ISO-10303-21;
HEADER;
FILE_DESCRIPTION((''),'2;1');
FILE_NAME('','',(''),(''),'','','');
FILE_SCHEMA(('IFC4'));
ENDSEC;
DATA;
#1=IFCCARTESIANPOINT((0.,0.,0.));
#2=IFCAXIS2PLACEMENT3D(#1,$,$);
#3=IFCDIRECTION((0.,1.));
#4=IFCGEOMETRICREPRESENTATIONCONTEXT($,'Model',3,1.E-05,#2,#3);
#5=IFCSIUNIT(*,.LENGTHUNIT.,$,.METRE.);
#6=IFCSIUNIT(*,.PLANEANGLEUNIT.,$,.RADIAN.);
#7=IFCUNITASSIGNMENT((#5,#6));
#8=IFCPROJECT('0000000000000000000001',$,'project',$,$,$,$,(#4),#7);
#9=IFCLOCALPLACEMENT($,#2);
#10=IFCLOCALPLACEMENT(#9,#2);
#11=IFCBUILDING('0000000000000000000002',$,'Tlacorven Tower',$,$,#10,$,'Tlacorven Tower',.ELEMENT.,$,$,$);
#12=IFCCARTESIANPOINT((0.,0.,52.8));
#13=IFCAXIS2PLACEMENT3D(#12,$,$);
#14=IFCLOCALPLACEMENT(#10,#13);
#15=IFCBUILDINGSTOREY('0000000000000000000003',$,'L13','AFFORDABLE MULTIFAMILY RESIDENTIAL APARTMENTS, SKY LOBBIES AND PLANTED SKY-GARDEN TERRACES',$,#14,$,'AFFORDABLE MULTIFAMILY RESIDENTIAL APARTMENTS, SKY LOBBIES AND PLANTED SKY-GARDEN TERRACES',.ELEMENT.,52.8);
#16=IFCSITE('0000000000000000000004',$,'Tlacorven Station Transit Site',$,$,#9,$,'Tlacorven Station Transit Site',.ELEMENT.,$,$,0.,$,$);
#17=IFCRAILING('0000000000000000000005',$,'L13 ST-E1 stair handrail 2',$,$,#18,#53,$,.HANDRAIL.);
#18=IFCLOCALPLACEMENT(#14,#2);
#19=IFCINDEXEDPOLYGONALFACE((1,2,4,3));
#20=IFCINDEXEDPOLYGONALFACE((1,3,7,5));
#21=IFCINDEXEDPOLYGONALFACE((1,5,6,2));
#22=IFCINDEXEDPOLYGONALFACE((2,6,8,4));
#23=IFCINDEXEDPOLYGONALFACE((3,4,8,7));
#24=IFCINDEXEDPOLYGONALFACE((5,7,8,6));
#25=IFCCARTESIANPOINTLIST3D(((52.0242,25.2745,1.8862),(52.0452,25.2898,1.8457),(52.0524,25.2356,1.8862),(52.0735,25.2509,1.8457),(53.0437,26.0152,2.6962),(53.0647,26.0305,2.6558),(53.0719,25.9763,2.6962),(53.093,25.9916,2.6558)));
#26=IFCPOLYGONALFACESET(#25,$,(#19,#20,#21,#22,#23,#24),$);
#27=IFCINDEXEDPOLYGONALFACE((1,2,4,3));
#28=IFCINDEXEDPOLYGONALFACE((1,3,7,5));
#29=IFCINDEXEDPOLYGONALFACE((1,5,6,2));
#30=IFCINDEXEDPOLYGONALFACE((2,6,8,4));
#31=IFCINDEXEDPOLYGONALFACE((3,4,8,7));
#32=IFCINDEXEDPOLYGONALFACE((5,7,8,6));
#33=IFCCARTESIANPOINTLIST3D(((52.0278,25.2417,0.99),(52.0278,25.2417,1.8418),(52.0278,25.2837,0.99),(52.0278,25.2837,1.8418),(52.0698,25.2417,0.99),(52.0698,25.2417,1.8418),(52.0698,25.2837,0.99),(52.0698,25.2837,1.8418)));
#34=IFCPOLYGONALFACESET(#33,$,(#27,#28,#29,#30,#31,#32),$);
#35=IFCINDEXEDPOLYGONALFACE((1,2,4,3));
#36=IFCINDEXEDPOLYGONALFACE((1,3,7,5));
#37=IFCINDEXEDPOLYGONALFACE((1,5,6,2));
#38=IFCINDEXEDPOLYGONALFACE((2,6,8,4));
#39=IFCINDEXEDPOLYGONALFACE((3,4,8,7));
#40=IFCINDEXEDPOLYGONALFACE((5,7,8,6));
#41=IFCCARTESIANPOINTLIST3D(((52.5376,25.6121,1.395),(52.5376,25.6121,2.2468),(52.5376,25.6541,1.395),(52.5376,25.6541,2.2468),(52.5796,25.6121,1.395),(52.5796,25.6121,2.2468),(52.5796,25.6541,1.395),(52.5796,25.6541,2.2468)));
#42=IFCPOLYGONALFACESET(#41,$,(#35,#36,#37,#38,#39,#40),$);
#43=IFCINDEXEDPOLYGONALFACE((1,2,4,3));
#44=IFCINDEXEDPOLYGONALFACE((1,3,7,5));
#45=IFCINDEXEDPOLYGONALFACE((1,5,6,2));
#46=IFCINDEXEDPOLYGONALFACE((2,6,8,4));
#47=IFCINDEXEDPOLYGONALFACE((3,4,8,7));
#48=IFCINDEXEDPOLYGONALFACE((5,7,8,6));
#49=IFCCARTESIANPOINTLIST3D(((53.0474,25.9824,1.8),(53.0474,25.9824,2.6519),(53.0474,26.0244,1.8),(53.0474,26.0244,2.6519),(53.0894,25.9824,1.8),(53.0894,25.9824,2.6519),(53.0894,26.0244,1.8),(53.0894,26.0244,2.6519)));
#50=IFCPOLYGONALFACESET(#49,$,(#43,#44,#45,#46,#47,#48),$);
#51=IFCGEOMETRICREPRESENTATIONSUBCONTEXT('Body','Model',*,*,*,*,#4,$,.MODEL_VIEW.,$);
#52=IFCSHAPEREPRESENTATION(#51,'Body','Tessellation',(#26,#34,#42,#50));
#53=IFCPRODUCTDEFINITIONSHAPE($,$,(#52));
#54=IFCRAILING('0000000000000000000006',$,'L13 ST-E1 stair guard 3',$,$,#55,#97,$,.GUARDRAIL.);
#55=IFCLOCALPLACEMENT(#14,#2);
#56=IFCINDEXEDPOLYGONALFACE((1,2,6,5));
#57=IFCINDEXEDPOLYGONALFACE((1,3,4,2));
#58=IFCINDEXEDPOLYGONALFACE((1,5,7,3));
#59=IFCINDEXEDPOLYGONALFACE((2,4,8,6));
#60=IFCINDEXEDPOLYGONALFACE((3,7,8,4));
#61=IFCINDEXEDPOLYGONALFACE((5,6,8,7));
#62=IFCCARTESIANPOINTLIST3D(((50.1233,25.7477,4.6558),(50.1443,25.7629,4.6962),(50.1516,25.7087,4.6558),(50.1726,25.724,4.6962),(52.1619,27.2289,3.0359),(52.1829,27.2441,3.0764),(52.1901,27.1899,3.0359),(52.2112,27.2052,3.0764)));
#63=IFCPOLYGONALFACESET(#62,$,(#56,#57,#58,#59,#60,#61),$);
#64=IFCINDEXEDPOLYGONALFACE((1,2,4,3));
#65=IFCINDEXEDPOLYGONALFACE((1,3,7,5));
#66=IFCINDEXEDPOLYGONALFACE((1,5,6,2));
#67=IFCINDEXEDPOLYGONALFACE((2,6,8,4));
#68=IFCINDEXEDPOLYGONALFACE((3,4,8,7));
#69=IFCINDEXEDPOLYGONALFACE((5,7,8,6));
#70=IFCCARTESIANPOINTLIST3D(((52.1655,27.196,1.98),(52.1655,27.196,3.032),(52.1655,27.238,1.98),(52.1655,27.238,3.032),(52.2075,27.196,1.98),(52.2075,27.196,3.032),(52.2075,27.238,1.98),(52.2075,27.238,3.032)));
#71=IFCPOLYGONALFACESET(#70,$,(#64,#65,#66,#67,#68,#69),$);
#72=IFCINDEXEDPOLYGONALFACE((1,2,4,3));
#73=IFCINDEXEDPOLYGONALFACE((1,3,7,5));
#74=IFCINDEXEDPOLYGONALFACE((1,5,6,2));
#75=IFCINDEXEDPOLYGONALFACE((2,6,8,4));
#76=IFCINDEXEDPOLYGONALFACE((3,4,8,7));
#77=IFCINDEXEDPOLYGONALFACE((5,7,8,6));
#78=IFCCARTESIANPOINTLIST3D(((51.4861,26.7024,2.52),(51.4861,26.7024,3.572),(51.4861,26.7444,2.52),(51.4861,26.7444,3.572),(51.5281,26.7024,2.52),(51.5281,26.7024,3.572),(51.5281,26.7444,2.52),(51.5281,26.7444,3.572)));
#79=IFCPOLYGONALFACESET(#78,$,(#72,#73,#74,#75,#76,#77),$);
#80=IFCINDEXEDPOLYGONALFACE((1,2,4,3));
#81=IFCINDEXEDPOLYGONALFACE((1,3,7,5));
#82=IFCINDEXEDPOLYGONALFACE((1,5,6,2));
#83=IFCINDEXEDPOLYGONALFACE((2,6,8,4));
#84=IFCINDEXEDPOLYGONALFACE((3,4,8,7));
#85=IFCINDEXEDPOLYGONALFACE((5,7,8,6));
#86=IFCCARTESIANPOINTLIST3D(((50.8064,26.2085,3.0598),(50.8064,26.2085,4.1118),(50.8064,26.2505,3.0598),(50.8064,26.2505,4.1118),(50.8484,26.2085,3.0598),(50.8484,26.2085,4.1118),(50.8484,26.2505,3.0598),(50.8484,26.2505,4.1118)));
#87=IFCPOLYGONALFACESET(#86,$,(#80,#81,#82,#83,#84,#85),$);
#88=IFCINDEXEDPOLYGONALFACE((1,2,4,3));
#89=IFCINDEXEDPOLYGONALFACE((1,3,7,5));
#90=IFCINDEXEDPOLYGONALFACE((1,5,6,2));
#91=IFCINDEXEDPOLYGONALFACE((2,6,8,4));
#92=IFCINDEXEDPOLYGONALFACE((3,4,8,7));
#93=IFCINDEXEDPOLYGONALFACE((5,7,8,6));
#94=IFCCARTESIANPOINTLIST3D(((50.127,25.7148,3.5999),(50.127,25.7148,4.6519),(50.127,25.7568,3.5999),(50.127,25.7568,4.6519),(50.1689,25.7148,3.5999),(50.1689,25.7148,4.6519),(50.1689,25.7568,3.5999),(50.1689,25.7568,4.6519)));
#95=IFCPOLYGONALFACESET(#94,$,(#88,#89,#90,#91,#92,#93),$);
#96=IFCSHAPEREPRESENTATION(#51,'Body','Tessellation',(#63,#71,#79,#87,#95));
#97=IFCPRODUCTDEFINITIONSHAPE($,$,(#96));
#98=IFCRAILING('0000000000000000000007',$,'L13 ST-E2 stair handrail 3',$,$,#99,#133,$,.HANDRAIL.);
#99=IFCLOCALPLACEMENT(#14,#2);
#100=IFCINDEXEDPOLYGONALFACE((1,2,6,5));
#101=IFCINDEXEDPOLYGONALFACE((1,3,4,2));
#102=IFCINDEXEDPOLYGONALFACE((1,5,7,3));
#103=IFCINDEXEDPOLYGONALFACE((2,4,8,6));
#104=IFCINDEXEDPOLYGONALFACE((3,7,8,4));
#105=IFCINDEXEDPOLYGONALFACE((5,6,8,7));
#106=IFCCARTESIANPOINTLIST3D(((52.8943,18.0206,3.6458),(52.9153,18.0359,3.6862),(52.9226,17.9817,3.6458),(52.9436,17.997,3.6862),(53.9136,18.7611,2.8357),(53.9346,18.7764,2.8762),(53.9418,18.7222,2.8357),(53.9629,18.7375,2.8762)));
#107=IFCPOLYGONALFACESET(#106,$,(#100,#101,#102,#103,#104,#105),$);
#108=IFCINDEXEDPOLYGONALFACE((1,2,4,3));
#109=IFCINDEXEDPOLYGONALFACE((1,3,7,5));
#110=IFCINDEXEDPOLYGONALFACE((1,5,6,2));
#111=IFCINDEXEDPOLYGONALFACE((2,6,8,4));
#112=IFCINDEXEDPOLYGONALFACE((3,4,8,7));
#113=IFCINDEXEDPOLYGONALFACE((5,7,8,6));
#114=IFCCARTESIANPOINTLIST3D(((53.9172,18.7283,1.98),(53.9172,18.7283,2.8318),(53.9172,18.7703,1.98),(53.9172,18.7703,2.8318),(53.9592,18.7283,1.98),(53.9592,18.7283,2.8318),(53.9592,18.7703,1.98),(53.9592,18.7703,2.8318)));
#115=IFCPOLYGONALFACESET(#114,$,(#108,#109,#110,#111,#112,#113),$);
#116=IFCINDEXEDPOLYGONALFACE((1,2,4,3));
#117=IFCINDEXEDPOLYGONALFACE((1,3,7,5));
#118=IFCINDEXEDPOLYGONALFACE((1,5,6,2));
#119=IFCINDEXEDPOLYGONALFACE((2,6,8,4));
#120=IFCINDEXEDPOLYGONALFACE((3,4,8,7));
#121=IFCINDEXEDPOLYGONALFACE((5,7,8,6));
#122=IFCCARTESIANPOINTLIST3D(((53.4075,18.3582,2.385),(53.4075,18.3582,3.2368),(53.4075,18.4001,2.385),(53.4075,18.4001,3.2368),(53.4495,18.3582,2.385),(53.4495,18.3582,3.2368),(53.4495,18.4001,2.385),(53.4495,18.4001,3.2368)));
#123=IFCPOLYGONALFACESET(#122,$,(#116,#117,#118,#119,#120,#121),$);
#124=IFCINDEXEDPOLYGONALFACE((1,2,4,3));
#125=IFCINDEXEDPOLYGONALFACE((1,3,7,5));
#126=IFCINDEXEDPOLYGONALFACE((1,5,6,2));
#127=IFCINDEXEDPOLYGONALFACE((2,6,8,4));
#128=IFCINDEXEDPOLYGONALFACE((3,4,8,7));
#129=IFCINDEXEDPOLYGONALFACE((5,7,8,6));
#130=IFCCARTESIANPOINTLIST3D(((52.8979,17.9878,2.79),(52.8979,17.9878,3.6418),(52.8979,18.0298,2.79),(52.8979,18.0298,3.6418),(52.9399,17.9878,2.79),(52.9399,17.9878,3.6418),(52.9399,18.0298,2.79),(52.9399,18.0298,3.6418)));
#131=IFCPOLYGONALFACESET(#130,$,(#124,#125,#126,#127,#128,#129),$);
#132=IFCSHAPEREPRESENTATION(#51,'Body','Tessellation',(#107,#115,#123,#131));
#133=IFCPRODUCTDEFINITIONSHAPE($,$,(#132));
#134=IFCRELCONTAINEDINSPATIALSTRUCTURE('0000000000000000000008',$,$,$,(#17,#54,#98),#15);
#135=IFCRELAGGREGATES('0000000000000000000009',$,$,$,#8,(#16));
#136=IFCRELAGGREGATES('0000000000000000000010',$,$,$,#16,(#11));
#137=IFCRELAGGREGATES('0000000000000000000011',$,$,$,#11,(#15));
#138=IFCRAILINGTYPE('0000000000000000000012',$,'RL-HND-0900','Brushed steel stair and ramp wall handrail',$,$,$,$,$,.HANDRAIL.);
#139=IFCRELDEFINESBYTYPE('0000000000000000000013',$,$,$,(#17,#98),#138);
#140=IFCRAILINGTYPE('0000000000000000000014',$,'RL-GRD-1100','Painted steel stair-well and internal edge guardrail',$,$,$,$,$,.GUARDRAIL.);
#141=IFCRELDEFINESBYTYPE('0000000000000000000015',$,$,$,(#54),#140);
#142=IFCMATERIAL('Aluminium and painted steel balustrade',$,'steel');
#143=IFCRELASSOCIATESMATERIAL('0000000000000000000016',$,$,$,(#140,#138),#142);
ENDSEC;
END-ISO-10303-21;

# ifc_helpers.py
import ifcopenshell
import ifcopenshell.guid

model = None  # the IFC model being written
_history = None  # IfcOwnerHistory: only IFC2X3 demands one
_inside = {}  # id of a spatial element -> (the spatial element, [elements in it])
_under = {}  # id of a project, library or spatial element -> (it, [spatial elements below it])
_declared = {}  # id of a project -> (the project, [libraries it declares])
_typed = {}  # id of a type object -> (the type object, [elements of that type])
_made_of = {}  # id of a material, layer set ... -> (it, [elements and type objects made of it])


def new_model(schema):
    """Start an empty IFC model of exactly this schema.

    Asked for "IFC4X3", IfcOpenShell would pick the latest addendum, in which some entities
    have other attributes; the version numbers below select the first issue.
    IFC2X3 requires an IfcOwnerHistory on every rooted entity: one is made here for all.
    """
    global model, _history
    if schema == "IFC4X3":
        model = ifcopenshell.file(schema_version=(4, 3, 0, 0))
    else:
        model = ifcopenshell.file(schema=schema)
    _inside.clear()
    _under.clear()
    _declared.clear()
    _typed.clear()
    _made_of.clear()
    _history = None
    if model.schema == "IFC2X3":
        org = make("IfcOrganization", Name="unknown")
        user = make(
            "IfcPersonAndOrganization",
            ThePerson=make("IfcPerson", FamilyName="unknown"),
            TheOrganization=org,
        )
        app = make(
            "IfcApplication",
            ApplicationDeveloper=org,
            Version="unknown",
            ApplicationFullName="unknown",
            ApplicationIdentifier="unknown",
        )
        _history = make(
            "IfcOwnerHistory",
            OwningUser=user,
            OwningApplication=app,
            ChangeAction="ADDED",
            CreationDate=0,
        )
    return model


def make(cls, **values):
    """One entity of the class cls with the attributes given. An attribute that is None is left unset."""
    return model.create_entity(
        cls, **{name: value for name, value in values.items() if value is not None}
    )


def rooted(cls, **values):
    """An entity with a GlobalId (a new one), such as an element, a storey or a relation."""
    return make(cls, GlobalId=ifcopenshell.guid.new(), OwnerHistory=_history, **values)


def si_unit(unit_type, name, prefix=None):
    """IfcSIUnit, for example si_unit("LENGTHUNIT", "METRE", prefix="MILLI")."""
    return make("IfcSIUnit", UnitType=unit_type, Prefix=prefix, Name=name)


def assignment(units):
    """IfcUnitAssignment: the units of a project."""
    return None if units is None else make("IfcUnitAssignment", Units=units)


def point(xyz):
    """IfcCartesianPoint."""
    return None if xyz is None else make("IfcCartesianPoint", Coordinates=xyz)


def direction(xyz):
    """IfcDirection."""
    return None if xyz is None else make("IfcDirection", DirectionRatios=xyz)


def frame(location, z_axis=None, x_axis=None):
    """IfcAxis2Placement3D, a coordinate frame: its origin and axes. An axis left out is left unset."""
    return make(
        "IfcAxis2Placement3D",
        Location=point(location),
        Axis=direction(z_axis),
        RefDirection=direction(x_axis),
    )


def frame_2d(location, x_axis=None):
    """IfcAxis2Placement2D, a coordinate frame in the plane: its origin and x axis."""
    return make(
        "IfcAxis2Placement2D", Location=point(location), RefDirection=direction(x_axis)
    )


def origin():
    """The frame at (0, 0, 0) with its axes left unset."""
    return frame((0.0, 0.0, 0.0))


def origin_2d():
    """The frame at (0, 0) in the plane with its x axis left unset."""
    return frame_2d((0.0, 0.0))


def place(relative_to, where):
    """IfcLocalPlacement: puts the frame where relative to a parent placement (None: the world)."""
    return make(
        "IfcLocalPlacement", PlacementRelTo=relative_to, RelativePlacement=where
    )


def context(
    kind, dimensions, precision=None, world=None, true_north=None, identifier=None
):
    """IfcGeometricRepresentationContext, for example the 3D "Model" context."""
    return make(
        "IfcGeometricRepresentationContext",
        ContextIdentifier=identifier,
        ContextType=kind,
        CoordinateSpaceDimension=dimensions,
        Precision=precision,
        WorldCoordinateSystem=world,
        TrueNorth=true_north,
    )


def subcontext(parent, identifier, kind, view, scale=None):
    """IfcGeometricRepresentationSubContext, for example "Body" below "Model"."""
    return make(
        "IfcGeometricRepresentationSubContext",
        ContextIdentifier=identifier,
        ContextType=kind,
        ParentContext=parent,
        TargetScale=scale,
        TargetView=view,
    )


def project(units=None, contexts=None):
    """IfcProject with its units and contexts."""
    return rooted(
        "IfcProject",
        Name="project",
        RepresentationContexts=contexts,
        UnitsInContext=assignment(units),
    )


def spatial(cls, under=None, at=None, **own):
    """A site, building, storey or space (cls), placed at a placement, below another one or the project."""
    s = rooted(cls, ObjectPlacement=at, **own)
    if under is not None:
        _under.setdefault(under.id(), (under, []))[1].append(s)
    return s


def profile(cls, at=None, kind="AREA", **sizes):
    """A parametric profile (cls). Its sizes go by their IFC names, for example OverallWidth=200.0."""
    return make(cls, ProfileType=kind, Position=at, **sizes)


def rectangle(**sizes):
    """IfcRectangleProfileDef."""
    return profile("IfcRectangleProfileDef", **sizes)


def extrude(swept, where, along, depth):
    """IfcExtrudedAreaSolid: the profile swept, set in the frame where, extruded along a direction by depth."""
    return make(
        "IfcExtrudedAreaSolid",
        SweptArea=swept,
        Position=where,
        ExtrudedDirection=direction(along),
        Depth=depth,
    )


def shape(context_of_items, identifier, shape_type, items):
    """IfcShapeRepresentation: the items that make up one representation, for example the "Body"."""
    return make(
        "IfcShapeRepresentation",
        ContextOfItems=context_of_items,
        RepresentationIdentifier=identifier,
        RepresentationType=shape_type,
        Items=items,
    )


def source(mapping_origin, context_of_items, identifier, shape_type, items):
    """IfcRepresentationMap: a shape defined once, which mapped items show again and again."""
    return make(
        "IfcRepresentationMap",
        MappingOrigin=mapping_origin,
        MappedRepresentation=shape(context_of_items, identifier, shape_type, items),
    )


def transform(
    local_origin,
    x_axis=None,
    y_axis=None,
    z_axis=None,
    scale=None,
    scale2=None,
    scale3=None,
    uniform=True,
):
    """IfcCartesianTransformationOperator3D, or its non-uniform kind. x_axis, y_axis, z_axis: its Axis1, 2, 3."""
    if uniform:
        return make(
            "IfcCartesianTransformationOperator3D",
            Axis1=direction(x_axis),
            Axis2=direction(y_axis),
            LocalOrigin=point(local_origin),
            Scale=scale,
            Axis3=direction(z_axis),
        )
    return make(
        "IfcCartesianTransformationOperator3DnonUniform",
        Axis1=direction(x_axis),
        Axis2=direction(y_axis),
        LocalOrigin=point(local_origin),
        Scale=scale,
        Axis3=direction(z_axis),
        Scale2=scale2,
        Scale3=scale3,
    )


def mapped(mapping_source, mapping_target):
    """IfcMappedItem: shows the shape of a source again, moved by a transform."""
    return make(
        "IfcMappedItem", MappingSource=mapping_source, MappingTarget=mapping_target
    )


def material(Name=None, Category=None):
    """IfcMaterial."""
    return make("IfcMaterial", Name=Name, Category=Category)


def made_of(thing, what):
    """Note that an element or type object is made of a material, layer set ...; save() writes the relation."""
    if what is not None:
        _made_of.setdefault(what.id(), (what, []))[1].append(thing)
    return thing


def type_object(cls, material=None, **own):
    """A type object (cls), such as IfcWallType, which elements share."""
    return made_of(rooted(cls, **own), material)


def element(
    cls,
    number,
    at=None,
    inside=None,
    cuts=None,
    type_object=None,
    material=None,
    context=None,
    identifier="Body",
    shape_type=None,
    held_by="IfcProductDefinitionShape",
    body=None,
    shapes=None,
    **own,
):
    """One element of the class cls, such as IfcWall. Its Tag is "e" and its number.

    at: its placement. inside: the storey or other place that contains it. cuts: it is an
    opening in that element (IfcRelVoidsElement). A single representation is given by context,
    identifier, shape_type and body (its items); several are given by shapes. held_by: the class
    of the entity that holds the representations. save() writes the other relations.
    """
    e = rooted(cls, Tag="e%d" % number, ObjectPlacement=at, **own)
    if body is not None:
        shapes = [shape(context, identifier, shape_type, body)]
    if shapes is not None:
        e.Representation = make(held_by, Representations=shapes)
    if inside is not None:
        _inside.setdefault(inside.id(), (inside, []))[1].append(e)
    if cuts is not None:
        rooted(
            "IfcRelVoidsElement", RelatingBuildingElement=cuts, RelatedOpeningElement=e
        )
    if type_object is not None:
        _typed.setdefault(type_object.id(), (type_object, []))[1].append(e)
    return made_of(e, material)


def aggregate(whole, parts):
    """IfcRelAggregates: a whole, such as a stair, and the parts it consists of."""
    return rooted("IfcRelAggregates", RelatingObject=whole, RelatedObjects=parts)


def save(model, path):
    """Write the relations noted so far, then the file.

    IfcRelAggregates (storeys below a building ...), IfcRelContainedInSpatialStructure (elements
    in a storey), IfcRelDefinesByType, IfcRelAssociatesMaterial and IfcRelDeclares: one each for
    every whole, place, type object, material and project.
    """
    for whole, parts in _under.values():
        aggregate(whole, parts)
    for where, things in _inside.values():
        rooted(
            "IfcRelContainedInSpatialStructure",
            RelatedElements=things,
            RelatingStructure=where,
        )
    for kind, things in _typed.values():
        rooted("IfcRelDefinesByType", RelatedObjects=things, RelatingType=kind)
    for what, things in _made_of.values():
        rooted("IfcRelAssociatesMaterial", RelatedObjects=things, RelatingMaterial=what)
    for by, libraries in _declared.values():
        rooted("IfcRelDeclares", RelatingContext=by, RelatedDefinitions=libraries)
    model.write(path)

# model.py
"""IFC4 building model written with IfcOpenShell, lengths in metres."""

from ifc_helpers import new_model, si_unit, direction, frame, origin, origin_2d, place, context, subcontext, project, spatial, rectangle, extrude, source, transform, mapped, material, type_object, element, save


model = new_model("IFC4")

# Units and contexts
model_context = context("Model", 3, precision=1e-05, world=origin(), true_north=direction((0.0, 1.0)))
body_context = subcontext(model_context, "Body", "Model", "MODEL_VIEW")
ifc_project = project(units=[si_unit("LENGTHUNIT", "METRE"), si_unit("PLANEANGLEUNIT", "RADIAN")], contexts=[model_context])

# Site, building, storey
site_placement = place(None, origin())
site = spatial("IfcSite", under=ifc_project, at=site_placement, Name="Tlacorven Station Transit Site", LongName="Tlacorven Station Transit Site", CompositionType="ELEMENT", RefElevation=0.0)
building_placement = place(site_placement, origin())
building = spatial("IfcBuilding", under=site, at=building_placement, Name="Tlacorven Tower", LongName="Tlacorven Tower", CompositionType="ELEMENT")
storey_placement = place(building_placement, frame((0.0, 0.0, 52.8)))
storey = spatial("IfcBuildingStorey", under=building, at=storey_placement, Name="L13", Description="AFFORDABLE MULTIFAMILY RESIDENTIAL APARTMENTS, SKY LOBBIES AND PLANTED SKY-GARDEN TERRACES", LongName="AFFORDABLE MULTIFAMILY RESIDENTIAL APARTMENTS, SKY LOBBIES AND PLANTED SKY-GARDEN TERRACES", CompositionType="ELEMENT", Elevation=52.8)

# Railings
ifc_material_1 = material(Name="Aluminium and painted steel balustrade", Category="steel")
railing_type_1 = type_object("IfcRailingType", Name="RL-GRD-1100", Description="Painted steel stair-well and internal edge guardrail", PredefinedType="GUARDRAIL", material=ifc_material_1)
railing_type_2 = type_object("IfcRailingType", Name="RL-HND-0900", Description="Brushed steel stair and ramp wall handrail", PredefinedType="HANDRAIL", material=ifc_material_1)
shared_shape_1 = source(origin(), body_context, "Body", "SweptSolid", [
    extrude(rectangle(XDim=0.0481, YDim=0.0481, at=origin_2d()), frame((0.0, 0.0, 0.876), z_axis=(0.680549, 0.494441, 0.540723), x_axis=(-0.58778, 0.809021, 0.0)), (0.0, 0.0, 1.0), 1.498),
    extrude(rectangle(XDim=0.042, YDim=0.042, at=origin_2d()), origin(), (0.0, 0.0, 1.0), 0.8518),
    extrude(rectangle(XDim=0.042, YDim=0.042, at=origin_2d()), frame((0.5098, 0.3704, 0.405)), (0.0, 0.0, 1.0), 0.8518),
    extrude(rectangle(XDim=0.042, YDim=0.042, at=origin_2d()), frame((1.0195, 0.7407, 0.8101)), (0.0, 0.0, 1.0), 0.8518),
])
railing_1_placement = place(storey_placement, frame((52.0488, 25.2627, 0.99)))
element("IfcRailing", 1, at=railing_1_placement, inside=storey, type_object=railing_type_2, Name="L13 ST-E1 stair handrail 2", PredefinedType="HANDRAIL", context=body_context, shape_type="MappedRepresentation", body=[
    mapped(shared_shape_1, transform((0.0, 0.0, 0.0), scale=1.0)),
])
shared_shape_2 = source(origin(), body_context, "Body", "SweptSolid", [
    extrude(rectangle(XDim=0.0481, YDim=0.0481, at=origin_2d()), frame((0.0, 0.0, 1.0762), z_axis=(-0.680519, -0.494456, 0.540747), x_axis=(0.587809, -0.809, 0.0)), (0.0, 0.0, 1.0), 2.9956),
    extrude(rectangle(XDim=0.042, YDim=0.042, at=origin_2d()), origin(), (0.0, 0.0, 1.0), 1.052),
    extrude(rectangle(XDim=0.042, YDim=0.042, at=origin_2d()), frame((-0.6794, -0.4937, 0.54)), (0.0, 0.0, 1.0), 1.052),
    extrude(rectangle(XDim=0.042, YDim=0.042, at=origin_2d()), frame((-1.3591, -0.9875, 1.0798)), (0.0, 0.0, 1.0), 1.052),
    extrude(rectangle(XDim=0.042, YDim=0.042, at=origin_2d()), frame((-2.0386, -1.4812, 1.6199)), (0.0, 0.0, 1.0), 1.052),
])
railing_2_placement = place(storey_placement, frame((52.1865, 27.217, 1.98)))
element("IfcRailing", 2, at=railing_2_placement, inside=storey, type_object=railing_type_1, Name="L13 ST-E1 stair guard 3", PredefinedType="GUARDRAIL", context=body_context, shape_type="MappedRepresentation", body=[
    mapped(shared_shape_2, transform((0.0, 0.0, 0.0), scale=1.0)),
])
shared_shape_3 = source(origin(), body_context, "Body", "SweptSolid", [
    extrude(rectangle(XDim=0.0481, YDim=0.0481, at=origin_2d()), frame((0.0, 0.0, 0.876), z_axis=(-0.680516, -0.494373, 0.540827), x_axis=(0.587745, -0.809046, 0.0)), (0.0, 0.0, 1.0), 1.4978),
    extrude(rectangle(XDim=0.042, YDim=0.042, at=origin_2d()), origin(), (0.0, 0.0, 1.0), 0.8518),
    extrude(rectangle(XDim=0.042, YDim=0.042, at=origin_2d()), frame((-0.5098, -0.3701, 0.405)), (0.0, 0.0, 1.0), 0.8518),
    extrude(rectangle(XDim=0.042, YDim=0.042, at=origin_2d()), frame((-1.0193, -0.7405, 0.8101)), (0.0, 0.0, 1.0), 0.8518),
])
railing_3_placement = place(storey_placement, frame((53.9382, 18.7493, 1.98)))
element("IfcRailing", 3, at=railing_3_placement, inside=storey, type_object=railing_type_2, Name="L13 ST-E2 stair handrail 3", PredefinedType="HANDRAIL", context=body_context, shape_type="MappedRepresentation", body=[
    mapped(shared_shape_3, transform((0.0, 0.0, 0.0), scale=1.0)),
])

save(model, "model.ifc")
